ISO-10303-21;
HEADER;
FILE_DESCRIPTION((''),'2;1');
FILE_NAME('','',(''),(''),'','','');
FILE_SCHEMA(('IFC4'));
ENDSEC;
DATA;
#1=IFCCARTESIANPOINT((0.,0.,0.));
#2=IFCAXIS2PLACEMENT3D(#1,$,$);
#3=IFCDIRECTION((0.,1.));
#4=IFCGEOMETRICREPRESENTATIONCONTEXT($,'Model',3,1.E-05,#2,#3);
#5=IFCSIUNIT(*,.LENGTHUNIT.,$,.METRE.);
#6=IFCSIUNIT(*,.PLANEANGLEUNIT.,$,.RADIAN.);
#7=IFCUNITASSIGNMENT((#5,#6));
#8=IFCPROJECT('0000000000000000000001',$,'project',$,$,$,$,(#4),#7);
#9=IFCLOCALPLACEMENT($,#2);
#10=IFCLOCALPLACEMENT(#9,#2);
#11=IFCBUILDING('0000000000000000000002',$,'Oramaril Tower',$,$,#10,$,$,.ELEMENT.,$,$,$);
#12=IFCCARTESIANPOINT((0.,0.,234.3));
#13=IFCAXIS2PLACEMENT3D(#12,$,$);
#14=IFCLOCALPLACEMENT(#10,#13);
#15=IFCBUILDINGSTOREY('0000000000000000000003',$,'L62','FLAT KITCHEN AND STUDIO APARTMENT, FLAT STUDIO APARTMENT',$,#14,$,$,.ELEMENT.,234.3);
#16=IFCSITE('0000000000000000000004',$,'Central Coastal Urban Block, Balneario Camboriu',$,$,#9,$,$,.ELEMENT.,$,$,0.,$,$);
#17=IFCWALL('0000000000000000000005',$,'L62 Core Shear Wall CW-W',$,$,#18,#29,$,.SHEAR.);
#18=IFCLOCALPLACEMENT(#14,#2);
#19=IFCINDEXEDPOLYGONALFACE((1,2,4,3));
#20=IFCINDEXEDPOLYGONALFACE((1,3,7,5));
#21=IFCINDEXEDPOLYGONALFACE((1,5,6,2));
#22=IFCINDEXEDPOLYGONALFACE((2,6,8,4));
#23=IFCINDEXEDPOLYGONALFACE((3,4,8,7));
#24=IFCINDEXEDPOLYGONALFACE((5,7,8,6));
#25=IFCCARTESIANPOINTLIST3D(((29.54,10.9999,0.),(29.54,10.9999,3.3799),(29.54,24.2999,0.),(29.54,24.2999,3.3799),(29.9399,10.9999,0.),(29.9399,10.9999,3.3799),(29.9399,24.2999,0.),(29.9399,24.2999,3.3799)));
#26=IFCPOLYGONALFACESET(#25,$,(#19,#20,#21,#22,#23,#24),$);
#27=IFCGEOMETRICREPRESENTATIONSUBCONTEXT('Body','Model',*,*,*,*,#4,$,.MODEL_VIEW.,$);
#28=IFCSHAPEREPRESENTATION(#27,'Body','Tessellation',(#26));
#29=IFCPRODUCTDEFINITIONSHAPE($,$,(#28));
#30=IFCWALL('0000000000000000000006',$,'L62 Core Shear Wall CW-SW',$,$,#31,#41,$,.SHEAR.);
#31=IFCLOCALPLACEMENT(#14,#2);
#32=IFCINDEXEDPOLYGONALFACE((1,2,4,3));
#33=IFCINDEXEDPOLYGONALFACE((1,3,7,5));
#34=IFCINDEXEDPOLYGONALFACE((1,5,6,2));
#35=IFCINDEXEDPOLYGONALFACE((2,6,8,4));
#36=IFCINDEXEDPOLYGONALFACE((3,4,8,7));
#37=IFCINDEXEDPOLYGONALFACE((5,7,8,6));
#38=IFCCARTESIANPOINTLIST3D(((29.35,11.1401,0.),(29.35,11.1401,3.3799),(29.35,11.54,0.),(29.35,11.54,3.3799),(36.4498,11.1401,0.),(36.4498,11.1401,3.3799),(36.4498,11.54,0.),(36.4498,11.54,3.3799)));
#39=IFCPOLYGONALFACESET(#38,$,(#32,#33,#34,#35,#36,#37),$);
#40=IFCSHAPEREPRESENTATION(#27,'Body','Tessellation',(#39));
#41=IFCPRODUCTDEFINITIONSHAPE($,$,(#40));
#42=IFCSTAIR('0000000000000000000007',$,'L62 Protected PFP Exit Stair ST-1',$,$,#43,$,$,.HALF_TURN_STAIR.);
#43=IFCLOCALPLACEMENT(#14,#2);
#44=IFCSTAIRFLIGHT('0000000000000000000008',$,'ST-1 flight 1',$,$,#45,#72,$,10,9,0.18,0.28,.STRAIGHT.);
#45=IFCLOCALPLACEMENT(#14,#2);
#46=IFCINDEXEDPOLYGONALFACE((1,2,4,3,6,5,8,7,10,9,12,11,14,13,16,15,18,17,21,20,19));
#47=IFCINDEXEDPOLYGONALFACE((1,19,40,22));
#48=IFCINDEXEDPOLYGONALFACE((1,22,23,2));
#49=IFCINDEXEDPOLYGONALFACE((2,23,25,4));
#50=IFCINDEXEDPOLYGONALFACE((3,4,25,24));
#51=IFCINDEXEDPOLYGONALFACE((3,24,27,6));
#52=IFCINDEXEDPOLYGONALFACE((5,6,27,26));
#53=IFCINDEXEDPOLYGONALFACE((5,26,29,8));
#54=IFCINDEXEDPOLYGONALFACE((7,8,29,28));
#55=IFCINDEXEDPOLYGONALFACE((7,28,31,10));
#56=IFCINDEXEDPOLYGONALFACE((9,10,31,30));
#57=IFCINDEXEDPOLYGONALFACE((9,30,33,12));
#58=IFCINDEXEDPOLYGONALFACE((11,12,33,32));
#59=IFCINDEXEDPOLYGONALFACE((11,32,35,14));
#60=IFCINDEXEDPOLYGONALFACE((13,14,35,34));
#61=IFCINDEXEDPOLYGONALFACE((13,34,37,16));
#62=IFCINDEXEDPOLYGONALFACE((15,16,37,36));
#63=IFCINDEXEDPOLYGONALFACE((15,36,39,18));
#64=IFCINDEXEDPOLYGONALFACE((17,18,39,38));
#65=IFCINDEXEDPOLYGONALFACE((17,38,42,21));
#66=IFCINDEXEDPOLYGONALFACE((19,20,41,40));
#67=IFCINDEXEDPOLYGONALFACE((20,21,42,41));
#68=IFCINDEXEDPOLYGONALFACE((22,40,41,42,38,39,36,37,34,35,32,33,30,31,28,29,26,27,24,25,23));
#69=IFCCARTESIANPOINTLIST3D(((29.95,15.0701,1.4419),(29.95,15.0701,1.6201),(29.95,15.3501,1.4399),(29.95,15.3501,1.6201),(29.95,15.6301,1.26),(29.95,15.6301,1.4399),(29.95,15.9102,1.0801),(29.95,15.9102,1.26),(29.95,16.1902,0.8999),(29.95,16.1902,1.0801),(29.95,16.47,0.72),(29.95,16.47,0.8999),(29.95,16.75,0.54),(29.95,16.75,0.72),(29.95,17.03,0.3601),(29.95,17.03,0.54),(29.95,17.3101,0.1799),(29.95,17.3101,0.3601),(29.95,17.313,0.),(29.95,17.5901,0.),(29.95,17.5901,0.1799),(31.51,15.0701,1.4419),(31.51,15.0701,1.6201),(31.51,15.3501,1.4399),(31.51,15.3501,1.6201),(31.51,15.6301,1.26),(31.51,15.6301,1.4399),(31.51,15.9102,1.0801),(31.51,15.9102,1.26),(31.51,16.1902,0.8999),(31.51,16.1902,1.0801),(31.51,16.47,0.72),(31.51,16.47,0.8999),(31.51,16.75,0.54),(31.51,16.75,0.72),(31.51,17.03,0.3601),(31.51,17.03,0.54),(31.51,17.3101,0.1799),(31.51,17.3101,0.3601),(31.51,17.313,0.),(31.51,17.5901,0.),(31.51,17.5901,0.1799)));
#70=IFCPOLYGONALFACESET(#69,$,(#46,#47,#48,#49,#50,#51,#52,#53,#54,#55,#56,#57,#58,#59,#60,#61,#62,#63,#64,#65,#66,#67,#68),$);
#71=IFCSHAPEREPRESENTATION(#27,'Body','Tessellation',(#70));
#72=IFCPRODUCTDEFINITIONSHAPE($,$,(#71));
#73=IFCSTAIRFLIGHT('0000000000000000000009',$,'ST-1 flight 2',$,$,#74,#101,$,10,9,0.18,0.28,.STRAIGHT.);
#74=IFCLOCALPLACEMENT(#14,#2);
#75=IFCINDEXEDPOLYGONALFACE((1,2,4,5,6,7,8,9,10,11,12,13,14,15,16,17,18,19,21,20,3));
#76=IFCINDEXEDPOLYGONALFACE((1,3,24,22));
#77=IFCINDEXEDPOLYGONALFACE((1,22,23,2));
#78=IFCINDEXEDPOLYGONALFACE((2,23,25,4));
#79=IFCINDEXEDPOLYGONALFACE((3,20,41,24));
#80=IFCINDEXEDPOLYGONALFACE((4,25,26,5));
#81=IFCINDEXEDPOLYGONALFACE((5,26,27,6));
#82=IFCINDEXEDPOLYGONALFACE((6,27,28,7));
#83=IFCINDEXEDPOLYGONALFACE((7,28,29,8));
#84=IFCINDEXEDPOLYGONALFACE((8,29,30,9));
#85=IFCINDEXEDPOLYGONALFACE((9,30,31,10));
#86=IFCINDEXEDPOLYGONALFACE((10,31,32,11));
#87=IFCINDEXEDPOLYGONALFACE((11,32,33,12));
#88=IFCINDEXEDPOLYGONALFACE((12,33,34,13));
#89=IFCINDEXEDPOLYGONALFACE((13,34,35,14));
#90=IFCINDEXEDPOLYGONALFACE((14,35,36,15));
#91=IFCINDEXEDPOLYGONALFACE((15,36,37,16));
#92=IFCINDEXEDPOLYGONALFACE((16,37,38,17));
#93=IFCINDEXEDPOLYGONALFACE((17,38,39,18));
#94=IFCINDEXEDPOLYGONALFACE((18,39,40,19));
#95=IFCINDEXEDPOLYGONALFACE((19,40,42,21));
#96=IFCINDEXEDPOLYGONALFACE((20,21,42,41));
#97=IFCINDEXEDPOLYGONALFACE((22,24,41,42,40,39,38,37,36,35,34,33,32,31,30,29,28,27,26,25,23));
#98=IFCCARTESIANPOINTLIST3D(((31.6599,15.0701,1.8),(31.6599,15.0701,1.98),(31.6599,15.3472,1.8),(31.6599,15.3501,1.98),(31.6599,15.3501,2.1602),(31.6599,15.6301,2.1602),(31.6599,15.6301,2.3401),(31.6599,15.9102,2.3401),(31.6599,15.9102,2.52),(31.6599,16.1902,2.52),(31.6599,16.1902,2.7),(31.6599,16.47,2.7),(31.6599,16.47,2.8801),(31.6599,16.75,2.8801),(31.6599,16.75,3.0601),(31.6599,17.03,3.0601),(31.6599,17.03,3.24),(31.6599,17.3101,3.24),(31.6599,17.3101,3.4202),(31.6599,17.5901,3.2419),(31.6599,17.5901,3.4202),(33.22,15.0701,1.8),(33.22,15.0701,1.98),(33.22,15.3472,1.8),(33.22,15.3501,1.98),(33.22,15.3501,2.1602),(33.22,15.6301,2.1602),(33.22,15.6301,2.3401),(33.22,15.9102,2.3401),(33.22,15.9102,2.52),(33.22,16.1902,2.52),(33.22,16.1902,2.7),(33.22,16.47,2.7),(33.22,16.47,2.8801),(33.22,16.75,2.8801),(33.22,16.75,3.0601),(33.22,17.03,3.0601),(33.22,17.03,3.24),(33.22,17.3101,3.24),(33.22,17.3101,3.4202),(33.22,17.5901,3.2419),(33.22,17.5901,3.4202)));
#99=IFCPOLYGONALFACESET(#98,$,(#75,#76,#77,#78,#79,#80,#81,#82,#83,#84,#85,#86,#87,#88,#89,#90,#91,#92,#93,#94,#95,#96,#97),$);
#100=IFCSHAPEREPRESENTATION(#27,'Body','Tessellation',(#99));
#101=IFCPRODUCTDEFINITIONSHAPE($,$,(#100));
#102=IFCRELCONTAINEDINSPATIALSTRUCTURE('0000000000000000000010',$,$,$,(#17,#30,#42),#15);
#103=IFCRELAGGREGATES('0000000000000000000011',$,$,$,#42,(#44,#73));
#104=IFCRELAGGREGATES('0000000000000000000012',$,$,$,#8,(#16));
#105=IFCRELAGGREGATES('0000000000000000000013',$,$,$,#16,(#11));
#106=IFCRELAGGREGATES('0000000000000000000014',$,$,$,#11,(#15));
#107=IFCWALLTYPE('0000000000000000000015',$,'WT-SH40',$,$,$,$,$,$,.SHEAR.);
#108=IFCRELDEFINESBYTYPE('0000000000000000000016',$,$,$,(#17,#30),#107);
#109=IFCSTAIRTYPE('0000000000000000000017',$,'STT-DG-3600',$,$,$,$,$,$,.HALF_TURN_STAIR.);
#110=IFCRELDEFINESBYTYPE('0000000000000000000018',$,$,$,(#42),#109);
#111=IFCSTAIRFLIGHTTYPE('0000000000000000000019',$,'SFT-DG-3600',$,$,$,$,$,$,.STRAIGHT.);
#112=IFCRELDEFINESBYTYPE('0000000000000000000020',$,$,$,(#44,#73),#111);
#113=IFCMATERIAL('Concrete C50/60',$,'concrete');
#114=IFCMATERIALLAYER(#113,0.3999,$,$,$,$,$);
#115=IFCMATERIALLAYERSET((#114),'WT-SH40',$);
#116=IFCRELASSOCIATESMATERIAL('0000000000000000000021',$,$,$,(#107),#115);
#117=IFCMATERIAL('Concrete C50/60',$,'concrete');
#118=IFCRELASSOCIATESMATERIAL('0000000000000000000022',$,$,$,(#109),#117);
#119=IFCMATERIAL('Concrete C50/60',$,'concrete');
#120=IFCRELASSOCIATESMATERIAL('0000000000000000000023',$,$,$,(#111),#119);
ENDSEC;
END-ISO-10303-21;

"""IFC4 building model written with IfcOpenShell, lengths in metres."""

from ifc_helpers import new_model, si_unit, direction, frame, frame_2d, origin, place, context, subcontext, project, spatial, polyline, rectangle, outline, extrude, material, layer, layer_set, type_object, element, aggregate, save


model = new_model("IFC4")

# Units and contexts
model_context = context("Model", 3, precision=1e-05, world=origin(), true_north=direction((0.0, 1.0)))
body_context = subcontext(model_context, "Body", "Model", "MODEL_VIEW")
ifc_project = project(units=[si_unit("LENGTHUNIT", "METRE"), si_unit("PLANEANGLEUNIT", "RADIAN")], contexts=[model_context])

# Site, building, storey
site_placement = place(None, origin())
site = spatial("IfcSite", under=ifc_project, at=site_placement, Name="Central Coastal Urban Block, Balneario Camboriu", CompositionType="ELEMENT", RefElevation=0.0)
building_placement = place(site_placement, origin())
building = spatial("IfcBuilding", under=site, at=building_placement, Name="Oramaril Tower", CompositionType="ELEMENT")
storey_placement = place(building_placement, frame((0.0, 0.0, 234.3)))
storey = spatial("IfcBuildingStorey", under=building, at=storey_placement, Name="L62", Description="FLAT KITCHEN AND STUDIO APARTMENT, FLAT STUDIO APARTMENT", CompositionType="ELEMENT", Elevation=234.3)

# Walls
ifc_material_1 = material(Name="Concrete C50/60", Category="concrete")
ifc_layer_1 = layer(ifc_material_1, 0.3999)
ifc_layer_set_1 = layer_set([ifc_layer_1], Name="WT-SH40")
wall_type_1 = type_object("IfcWallType", Name="WT-SH40", PredefinedType="SHEAR", material=ifc_layer_set_1)
wall_1_placement = place(storey_placement, frame((29.74, 11.0, 0.0), z_axis=(0.0, 0.0, 1.0), x_axis=(0.0, 1.0, 0.0)))
element("IfcWall", 1, at=wall_1_placement, inside=storey, type_object=wall_type_1, Name="L62 Core Shear Wall CW-W", PredefinedType="SHEAR", context=body_context, shape_type="SweptSolid", body=[
    extrude(rectangle(XDim=13.3, YDim=0.3999, at=frame_2d((6.6499, 0.0))), origin(), (0.0, 0.0, 1.0), 3.3799),
])
wall_2_placement = place(storey_placement, frame((29.3501, 11.3401, 0.0), z_axis=(0.0, 0.0, 1.0), x_axis=(1.0, 0.0, 0.0)))
element("IfcWall", 2, at=wall_2_placement, inside=storey, type_object=wall_type_1, Name="L62 Core Shear Wall CW-SW", PredefinedType="SHEAR", context=body_context, shape_type="SweptSolid", body=[
    extrude(rectangle(XDim=7.0999, YDim=0.3999, at=frame_2d((3.5498, 0.0))), origin(), (0.0, 0.0, 1.0), 3.3799),
])

# Stair, stair flights
ifc_material_2 = material(Name="Concrete C50/60", Category="concrete")
stair_type = type_object("IfcStairType", Name="STT-DG-3600", PredefinedType="HALF_TURN_STAIR", material=ifc_material_2)
stair_placement = place(storey_placement, origin())
stair = element("IfcStair", 3, at=stair_placement, inside=storey, type_object=stair_type, Name="L62 Protected PFP Exit Stair ST-1", PredefinedType="HALF_TURN_STAIR")
ifc_material_3 = material(Name="Concrete C50/60", Category="concrete")
stair_flight_type = type_object("IfcStairFlightType", Name="SFT-DG-3600", PredefinedType="STRAIGHT", material=ifc_material_3)
stair_flight_1_placement = place(storey_placement, frame((30.73, 17.5901, 0.0), z_axis=(0.0, 0.0, 1.0), x_axis=(0.0, -1.0, 0.0)))
stair_flight_1 = element("IfcStairFlight", 4, at=stair_flight_1_placement, type_object=stair_flight_type, Name="ST-1 flight 1", NumberOfRisers=10, NumberOfTreads=9, PredefinedType="STRAIGHT", RiserHeight=0.18, TreadLength=0.28, context=body_context, shape_type="SweptSolid", body=[
    extrude(outline(polyline([(0.0, 0.0), (0.0, 0.1799), (0.28, 0.1799), (0.28, 0.3601), (0.5601, 0.3601), (0.5601, 0.54), (0.8401, 0.54), (0.8401, 0.72), (1.1201, 0.72), (1.1201, 0.8999), (1.3999, 0.8999), (1.3999, 1.0801), (1.6799, 1.0801), (1.6799, 1.26), (1.96, 1.26), (1.96, 1.4399), (2.24, 1.4399), (2.24, 1.6201), (2.52, 1.6201), (2.52, 1.8), (2.52, 1.4419), (0.2771, 0.0), (0.0, 0.0)])), frame((0.0, 0.78, 0.0), z_axis=(0.0, -1.0, 0.0), x_axis=(1.0, 0.0, 0.0)), (0.0, 0.0, 1.0), 1.5601),
])
stair_flight_2_placement = place(storey_placement, frame((32.4399, 15.0701, 1.8), z_axis=(0.0, 0.0, 1.0), x_axis=(0.0, 1.0, 0.0)))
stair_flight_2 = element("IfcStairFlight", 5, at=stair_flight_2_placement, type_object=stair_flight_type, Name="ST-1 flight 2", NumberOfRisers=10, NumberOfTreads=9, PredefinedType="STRAIGHT", RiserHeight=0.18, TreadLength=0.28, context=body_context, shape_type="SweptSolid", body=[
    extrude(outline(polyline([(0.0, 0.0), (0.0, 0.1799), (0.28, 0.1799), (0.28, 0.3601), (0.5601, 0.3601), (0.5601, 0.54), (0.8401, 0.54), (0.8401, 0.72), (1.1201, 0.72), (1.1201, 0.8999), (1.3999, 0.8999), (1.3999, 1.0801), (1.6799, 1.0801), (1.6799, 1.26), (1.96, 1.26), (1.96, 1.4399), (2.24, 1.4399), (2.24, 1.6201), (2.52, 1.6201), (2.52, 1.8), (2.52, 1.4419), (0.2771, 0.0), (0.0, 0.0)])), frame((0.0, 0.78, 0.0), z_axis=(0.0, -1.0, 0.0), x_axis=(1.0, 0.0, 0.0)), (0.0, 0.0, 1.0), 1.5601),
])
aggregate(stair, [stair_flight_1, stair_flight_2])

save(model, "model.ifc")
